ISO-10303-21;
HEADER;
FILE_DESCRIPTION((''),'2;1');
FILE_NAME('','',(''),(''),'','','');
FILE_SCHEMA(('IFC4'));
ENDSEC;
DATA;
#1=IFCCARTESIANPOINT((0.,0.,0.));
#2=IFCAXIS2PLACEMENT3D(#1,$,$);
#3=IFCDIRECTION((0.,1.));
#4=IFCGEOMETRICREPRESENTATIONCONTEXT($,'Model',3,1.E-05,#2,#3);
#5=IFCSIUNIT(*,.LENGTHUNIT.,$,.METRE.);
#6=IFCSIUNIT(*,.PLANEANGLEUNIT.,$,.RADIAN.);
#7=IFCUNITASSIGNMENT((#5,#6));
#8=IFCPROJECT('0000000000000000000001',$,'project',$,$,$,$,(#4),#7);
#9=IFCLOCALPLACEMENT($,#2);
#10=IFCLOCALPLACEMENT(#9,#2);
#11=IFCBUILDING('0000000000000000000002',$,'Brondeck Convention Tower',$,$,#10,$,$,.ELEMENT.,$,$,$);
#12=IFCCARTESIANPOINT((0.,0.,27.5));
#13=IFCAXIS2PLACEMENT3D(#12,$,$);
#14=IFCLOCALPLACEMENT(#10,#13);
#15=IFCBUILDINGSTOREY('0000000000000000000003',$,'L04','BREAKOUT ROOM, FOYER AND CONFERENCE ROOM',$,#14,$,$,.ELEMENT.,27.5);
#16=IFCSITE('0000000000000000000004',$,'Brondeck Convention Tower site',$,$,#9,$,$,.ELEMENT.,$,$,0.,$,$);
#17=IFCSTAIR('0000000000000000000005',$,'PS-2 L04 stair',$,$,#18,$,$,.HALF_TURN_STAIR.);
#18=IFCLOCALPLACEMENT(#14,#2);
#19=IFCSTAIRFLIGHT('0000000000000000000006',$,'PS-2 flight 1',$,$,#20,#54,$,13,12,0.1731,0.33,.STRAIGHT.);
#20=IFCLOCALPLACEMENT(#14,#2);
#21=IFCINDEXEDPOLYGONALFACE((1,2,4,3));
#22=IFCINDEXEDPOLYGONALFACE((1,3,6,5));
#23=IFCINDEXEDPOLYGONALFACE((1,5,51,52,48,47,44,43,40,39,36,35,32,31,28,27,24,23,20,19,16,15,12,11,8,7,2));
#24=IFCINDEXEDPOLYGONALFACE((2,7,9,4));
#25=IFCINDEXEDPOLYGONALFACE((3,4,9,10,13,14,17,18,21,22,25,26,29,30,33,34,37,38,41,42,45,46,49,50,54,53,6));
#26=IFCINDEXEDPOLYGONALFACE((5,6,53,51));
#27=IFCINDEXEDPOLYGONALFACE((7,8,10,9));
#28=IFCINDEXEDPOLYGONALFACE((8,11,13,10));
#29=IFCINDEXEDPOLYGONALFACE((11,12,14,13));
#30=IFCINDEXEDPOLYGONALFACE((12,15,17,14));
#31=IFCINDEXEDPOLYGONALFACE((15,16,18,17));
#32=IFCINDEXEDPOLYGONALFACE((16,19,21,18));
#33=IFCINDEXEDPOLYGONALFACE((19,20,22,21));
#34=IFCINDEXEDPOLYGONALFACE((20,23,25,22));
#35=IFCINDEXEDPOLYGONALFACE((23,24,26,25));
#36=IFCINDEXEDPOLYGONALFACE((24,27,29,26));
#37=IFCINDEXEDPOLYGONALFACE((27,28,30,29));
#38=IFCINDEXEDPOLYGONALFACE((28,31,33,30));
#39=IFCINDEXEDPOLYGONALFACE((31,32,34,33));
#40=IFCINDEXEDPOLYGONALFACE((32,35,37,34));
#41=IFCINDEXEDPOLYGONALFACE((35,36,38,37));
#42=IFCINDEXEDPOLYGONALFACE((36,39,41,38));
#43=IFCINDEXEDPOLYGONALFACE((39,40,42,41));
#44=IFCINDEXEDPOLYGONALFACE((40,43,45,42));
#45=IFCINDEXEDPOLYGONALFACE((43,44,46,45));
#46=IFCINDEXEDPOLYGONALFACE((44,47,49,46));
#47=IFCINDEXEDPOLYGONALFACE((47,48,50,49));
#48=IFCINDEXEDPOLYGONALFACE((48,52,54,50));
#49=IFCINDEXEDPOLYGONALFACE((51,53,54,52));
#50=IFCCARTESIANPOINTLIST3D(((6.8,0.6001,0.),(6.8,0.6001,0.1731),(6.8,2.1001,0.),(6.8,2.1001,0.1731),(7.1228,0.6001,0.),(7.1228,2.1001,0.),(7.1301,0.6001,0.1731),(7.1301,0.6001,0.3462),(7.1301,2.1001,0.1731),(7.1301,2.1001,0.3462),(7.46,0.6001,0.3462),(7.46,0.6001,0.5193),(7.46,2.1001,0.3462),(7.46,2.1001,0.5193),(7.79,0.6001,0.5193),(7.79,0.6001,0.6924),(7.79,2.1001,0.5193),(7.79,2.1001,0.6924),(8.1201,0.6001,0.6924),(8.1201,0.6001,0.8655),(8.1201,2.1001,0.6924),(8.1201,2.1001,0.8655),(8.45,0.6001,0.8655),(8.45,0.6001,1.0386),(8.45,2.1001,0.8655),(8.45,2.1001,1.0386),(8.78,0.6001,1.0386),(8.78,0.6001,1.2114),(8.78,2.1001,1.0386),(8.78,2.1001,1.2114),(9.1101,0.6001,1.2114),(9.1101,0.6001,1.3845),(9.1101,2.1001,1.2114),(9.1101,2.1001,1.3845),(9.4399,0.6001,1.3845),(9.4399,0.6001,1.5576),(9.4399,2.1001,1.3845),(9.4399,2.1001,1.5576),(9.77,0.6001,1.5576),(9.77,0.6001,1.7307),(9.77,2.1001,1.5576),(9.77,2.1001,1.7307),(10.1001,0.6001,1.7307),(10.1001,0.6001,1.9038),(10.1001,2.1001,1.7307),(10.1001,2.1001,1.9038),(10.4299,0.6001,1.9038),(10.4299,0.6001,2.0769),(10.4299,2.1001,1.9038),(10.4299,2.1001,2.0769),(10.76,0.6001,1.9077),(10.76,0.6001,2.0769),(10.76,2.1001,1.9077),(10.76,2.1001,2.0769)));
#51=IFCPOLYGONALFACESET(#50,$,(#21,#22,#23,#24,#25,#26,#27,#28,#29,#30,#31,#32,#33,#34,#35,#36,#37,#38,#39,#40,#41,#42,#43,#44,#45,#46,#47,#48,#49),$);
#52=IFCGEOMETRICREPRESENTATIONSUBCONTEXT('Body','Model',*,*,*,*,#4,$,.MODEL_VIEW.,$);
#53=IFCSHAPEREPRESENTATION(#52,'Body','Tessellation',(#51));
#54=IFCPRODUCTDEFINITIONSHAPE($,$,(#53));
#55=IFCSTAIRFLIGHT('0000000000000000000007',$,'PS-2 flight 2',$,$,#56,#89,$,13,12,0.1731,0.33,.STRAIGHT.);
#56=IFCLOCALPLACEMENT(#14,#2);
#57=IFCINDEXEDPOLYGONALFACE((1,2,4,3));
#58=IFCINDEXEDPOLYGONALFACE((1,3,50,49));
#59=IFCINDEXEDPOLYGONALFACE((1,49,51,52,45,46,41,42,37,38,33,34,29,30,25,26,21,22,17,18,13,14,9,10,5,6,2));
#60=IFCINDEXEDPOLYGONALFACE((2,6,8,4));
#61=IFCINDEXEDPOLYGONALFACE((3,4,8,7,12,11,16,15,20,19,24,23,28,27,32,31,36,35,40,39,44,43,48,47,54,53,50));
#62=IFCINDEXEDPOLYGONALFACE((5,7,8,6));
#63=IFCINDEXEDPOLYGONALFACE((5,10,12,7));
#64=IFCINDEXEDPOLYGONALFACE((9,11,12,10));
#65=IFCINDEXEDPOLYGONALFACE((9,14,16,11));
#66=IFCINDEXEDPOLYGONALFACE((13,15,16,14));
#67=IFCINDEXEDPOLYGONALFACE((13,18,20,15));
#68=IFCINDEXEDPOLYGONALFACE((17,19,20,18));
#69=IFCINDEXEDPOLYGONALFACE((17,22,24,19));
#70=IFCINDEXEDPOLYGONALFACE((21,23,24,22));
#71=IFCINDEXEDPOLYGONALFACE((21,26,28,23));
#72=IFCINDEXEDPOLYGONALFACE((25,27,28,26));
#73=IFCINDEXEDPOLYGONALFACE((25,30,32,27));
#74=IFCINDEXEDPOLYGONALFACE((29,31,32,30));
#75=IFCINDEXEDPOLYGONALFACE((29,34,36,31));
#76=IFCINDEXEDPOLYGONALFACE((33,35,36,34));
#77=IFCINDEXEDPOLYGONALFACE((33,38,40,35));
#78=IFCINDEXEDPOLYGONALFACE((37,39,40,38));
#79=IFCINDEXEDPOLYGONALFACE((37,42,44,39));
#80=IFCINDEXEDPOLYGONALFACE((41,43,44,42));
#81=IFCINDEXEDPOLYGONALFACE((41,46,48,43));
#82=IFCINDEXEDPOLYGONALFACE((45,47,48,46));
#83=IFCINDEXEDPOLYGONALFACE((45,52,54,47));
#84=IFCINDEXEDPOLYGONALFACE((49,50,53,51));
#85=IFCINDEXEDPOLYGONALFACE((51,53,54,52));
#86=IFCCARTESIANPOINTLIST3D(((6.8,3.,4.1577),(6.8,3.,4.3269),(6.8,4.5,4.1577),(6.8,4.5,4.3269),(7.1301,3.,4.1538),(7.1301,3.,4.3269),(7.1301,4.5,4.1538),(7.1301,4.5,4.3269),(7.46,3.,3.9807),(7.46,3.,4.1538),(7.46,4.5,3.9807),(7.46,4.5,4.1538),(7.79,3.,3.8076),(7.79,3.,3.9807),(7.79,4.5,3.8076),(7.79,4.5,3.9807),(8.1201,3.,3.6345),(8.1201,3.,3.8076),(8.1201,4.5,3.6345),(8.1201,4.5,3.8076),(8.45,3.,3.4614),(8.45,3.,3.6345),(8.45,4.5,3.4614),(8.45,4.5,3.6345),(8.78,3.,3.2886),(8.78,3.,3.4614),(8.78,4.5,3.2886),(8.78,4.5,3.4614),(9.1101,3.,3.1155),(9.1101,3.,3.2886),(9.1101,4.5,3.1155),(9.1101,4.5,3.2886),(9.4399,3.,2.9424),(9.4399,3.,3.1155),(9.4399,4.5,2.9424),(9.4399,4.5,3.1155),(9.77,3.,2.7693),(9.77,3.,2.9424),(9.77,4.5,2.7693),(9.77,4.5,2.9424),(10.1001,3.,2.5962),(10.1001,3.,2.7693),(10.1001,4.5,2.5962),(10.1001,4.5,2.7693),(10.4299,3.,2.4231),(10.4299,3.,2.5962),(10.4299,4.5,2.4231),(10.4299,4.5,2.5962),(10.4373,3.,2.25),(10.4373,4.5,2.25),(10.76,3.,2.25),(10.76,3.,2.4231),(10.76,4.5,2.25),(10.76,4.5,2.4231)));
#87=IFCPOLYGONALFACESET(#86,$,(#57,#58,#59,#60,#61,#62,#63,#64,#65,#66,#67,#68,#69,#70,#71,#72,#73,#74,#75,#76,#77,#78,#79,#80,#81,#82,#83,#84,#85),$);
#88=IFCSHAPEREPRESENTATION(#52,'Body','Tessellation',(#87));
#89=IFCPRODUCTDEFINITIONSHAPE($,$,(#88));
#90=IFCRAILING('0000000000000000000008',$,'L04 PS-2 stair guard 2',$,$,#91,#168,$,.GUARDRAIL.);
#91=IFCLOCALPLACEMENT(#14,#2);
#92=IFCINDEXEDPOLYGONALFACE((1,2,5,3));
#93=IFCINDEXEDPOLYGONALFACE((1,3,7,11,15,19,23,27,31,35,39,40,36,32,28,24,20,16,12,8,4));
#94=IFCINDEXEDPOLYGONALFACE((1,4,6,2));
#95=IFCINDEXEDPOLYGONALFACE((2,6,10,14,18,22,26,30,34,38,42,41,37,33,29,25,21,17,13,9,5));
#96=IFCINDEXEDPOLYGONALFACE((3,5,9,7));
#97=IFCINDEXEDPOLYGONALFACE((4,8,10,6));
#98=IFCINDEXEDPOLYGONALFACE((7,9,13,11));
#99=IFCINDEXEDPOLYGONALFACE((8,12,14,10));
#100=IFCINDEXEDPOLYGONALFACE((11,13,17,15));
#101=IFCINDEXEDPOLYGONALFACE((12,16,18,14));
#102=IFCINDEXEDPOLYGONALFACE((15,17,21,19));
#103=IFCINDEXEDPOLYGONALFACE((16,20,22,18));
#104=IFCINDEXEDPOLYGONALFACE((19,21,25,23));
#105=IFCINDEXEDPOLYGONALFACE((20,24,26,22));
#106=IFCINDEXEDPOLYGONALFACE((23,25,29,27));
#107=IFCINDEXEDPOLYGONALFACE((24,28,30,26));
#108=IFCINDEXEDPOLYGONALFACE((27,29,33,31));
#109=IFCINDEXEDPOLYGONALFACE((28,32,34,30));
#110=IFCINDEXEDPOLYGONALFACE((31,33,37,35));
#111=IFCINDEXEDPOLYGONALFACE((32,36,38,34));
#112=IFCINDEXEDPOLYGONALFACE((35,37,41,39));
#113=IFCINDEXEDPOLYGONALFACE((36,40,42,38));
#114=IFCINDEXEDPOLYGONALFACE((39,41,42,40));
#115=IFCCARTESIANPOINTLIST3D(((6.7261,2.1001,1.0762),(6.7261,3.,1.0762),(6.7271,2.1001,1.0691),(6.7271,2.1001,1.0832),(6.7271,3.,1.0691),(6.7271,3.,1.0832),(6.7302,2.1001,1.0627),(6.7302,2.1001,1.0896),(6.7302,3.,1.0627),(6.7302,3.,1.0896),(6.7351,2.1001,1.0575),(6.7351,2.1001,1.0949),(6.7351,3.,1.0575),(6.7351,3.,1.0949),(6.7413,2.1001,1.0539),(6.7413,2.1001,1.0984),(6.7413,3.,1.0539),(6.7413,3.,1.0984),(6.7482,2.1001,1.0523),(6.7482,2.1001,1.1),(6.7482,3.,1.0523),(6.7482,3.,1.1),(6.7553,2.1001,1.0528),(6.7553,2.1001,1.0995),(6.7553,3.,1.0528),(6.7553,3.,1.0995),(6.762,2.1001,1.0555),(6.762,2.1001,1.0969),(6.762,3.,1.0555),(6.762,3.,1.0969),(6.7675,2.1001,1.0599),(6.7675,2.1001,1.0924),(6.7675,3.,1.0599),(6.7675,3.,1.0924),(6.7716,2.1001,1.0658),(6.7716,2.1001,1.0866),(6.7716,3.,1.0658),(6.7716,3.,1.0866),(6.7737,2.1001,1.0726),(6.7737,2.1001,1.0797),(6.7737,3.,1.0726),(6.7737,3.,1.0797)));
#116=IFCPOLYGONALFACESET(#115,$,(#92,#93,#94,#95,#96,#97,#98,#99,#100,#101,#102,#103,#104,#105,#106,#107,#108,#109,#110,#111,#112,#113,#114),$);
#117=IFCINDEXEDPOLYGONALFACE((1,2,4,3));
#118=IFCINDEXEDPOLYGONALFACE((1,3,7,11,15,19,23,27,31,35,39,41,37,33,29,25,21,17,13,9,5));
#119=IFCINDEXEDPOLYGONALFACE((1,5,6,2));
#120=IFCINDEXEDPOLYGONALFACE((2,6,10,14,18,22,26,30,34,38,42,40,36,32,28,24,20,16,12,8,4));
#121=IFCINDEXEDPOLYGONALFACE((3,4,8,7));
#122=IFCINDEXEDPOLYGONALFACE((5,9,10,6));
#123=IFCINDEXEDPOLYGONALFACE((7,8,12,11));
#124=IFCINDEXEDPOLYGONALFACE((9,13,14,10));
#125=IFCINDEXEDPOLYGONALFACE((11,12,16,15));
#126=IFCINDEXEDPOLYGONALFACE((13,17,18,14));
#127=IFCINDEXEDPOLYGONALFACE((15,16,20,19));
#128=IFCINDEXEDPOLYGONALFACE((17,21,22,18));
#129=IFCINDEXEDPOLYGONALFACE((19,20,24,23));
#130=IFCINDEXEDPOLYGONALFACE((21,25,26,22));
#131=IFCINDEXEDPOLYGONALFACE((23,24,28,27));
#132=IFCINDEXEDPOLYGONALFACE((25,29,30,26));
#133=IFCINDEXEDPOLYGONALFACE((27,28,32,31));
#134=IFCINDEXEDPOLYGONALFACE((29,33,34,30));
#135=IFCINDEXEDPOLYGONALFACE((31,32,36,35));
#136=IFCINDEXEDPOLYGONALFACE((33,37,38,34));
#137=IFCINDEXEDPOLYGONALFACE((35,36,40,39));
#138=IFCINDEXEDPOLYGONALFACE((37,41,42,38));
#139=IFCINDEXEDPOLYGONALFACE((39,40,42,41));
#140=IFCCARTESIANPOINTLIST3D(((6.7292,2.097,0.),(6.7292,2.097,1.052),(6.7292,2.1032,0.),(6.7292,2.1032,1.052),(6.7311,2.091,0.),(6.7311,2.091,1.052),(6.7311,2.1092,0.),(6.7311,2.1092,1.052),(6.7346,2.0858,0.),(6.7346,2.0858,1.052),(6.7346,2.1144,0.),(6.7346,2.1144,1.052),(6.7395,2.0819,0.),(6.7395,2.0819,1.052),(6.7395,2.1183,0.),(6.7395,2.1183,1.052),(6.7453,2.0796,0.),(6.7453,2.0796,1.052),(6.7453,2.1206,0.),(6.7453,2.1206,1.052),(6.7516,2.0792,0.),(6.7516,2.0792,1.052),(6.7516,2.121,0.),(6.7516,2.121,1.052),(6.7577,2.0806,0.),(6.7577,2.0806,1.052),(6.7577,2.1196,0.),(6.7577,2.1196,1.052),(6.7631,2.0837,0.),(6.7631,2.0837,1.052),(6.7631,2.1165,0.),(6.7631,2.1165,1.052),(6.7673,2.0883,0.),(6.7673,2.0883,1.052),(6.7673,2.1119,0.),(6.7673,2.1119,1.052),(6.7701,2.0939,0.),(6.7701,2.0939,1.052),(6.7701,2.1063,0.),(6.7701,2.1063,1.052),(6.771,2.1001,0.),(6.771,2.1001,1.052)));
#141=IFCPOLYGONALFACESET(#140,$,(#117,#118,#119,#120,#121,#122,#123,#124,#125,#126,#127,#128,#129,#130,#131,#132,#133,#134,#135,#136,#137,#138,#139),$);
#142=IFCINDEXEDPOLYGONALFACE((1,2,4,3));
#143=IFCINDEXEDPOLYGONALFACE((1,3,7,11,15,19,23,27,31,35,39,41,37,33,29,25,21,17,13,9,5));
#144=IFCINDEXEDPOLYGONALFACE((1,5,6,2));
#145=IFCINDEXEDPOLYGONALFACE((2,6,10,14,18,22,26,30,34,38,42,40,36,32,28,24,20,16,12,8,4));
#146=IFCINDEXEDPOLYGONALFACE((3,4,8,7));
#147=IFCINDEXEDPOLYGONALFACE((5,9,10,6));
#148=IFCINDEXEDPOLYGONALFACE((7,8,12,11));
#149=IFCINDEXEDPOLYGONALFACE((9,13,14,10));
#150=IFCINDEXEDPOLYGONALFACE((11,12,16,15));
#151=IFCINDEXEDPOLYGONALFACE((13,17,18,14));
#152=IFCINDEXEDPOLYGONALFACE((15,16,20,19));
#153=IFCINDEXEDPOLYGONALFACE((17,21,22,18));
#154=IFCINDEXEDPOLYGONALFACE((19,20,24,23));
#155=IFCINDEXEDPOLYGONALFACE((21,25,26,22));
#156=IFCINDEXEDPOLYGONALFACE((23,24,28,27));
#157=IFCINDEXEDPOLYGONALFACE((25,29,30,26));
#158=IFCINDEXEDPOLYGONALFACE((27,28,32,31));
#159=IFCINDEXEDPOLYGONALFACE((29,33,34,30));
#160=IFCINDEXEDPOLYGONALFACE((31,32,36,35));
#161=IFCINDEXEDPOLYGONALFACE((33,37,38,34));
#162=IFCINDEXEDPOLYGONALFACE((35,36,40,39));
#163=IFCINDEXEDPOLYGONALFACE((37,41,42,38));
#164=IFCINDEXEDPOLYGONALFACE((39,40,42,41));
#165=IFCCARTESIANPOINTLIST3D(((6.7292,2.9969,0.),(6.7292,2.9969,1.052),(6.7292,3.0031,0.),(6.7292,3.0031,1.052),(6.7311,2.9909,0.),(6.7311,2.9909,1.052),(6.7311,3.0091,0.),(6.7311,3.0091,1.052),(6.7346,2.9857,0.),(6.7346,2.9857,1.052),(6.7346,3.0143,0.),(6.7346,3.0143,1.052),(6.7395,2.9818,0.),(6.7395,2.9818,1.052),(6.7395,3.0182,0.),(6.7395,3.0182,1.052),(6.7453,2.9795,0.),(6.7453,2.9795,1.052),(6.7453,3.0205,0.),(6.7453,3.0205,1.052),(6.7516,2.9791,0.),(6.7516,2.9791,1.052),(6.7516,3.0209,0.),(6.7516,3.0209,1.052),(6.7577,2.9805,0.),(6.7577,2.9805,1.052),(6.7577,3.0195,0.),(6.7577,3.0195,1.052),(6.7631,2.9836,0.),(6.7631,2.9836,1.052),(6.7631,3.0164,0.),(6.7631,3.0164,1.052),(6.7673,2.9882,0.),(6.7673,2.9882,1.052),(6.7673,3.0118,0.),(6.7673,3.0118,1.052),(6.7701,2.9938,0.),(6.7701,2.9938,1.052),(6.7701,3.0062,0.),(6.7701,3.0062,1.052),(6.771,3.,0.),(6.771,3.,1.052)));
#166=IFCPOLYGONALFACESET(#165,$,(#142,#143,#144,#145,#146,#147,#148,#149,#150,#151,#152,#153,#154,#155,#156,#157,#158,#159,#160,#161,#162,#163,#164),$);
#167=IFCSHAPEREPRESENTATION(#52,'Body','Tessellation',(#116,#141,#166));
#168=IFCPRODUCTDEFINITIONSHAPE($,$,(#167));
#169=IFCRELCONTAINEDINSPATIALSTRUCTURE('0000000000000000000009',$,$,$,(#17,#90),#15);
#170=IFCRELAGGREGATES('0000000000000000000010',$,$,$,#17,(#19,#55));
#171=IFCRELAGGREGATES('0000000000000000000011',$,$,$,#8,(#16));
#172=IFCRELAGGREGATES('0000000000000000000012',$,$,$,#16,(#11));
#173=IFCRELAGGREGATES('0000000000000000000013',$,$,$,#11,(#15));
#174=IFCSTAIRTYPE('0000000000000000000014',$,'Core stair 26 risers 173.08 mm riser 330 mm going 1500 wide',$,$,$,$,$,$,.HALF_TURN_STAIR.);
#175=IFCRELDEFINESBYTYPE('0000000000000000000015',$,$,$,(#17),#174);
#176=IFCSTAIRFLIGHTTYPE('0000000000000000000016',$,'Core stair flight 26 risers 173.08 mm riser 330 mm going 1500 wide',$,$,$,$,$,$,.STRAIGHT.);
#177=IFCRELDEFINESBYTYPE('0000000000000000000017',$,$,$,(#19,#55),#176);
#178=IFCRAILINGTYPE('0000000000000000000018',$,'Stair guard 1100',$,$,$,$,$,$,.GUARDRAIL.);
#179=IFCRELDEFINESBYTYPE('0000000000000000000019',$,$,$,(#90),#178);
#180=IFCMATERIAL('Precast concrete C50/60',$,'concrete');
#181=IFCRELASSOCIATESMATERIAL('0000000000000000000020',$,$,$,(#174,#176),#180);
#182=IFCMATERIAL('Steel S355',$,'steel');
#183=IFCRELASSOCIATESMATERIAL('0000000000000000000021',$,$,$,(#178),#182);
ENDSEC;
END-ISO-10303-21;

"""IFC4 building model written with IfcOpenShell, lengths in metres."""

from ifc_helpers import new_model, si_unit, direction, frame, origin, origin_2d, place, context, subcontext, project, spatial, polyline, circle, outline, extrude, material, type_object, element, aggregate, save


model = new_model("IFC4")

# Units and contexts
model_context = context("Model", 3, precision=1e-05, world=origin(), true_north=direction((0.0, 1.0)))
body_context = subcontext(model_context, "Body", "Model", "MODEL_VIEW")
ifc_project = project(units=[si_unit("LENGTHUNIT", "METRE"), si_unit("PLANEANGLEUNIT", "RADIAN")], contexts=[model_context])

# Site, building, storey
site_placement = place(None, origin())
site = spatial("IfcSite", under=ifc_project, at=site_placement, Name="Brondeck Convention Tower site", CompositionType="ELEMENT", RefElevation=0.0)
building_placement = place(site_placement, origin())
building = spatial("IfcBuilding", under=site, at=building_placement, Name="Brondeck Convention Tower", CompositionType="ELEMENT")
storey_placement = place(building_placement, frame((0.0, 0.0, 27.5)))
storey = spatial("IfcBuildingStorey", under=building, at=storey_placement, Name="L04", Description="BREAKOUT ROOM, FOYER AND CONFERENCE ROOM", CompositionType="ELEMENT", Elevation=27.5)

# Stair, stair flights
ifc_material_1 = material(Name="Precast concrete C50/60", Category="concrete")
stair_type = type_object("IfcStairType", Name="Core stair 26 risers 173.08 mm riser 330 mm going 1500 wide", PredefinedType="HALF_TURN_STAIR", material=ifc_material_1)
stair_placement = place(storey_placement, origin())
stair = element("IfcStair", 1, at=stair_placement, inside=storey, type_object=stair_type, Name="PS-2 L04 stair", PredefinedType="HALF_TURN_STAIR")
stair_flight_type = type_object("IfcStairFlightType", Name="Core stair flight 26 risers 173.08 mm riser 330 mm going 1500 wide", PredefinedType="STRAIGHT", material=ifc_material_1)
stair_flight_1_placement = place(storey_placement, frame((6.8, 1.3501, 0.0), z_axis=(0.0, 0.0, 1.0), x_axis=(1.0, 0.0, 0.0)))
stair_flight_1 = element("IfcStairFlight", 2, at=stair_flight_1_placement, type_object=stair_flight_type, Name="PS-2 flight 1", NumberOfRisers=13, NumberOfTreads=12, PredefinedType="STRAIGHT", RiserHeight=0.1731, TreadLength=0.33, context=body_context, shape_type="SweptSolid", body=[
    extrude(outline(polyline([(0.0, 0.0), (0.0, 0.1731), (0.3301, 0.1731), (0.3301, 0.3462), (0.6599, 0.3462), (0.6599, 0.5193), (0.99, 0.5193), (0.99, 0.6924), (1.3201, 0.6924), (1.3201, 0.8655), (1.6499, 0.8655), (1.6499, 1.0386), (1.98, 1.0386), (1.98, 1.2114), (2.3101, 1.2114), (2.3101, 1.3845), (2.6399, 1.3845), (2.6399, 1.5576), (2.97, 1.5576), (2.97, 1.7307), (3.3, 1.7307), (3.3, 1.9038), (3.6299, 1.9038), (3.6299, 2.0769), (3.96, 2.0769), (3.96, 2.25), (3.96, 1.9077), (0.3228, 0.0), (0.0, 0.0)])), frame((0.0, 0.75, 0.0), z_axis=(0.0, -1.0, 0.0), x_axis=(1.0, 0.0, 0.0)), (0.0, 0.0, 1.0), 1.5),
])
stair_flight_2_placement = place(storey_placement, frame((10.76, 3.75, 2.25), z_axis=(0.0, 0.0, 1.0), x_axis=(-1.0, 0.0, 0.0)))
stair_flight_2 = element("IfcStairFlight", 3, at=stair_flight_2_placement, type_object=stair_flight_type, Name="PS-2 flight 2", NumberOfRisers=13, NumberOfTreads=12, PredefinedType="STRAIGHT", RiserHeight=0.1731, TreadLength=0.33, context=body_context, shape_type="SweptSolid", body=[
    extrude(outline(polyline([(0.0, 0.0), (0.0, 0.1731), (0.3301, 0.1731), (0.3301, 0.3462), (0.6599, 0.3462), (0.6599, 0.5193), (0.99, 0.5193), (0.99, 0.6924), (1.3201, 0.6924), (1.3201, 0.8655), (1.6499, 0.8655), (1.6499, 1.0386), (1.98, 1.0386), (1.98, 1.2114), (2.3101, 1.2114), (2.3101, 1.3845), (2.6399, 1.3845), (2.6399, 1.5576), (2.97, 1.5576), (2.97, 1.7307), (3.3, 1.7307), (3.3, 1.9038), (3.6299, 1.9038), (3.6299, 2.0769), (3.96, 2.0769), (3.96, 2.25), (3.96, 1.9077), (0.3228, 0.0), (0.0, 0.0)])), frame((0.0, 0.75, 0.0), z_axis=(0.0, -1.0, 0.0), x_axis=(1.0, 0.0, 0.0)), (0.0, 0.0, 1.0), 1.5),
])
aggregate(stair, [stair_flight_1, stair_flight_2])

# Railing
ifc_material_2 = material(Name="Steel S355", Category="steel")
railing_type_1 = type_object("IfcRailingType", Name="Stair guard 1100", PredefinedType="GUARDRAIL", material=ifc_material_2)
railing_1_placement = place(storey_placement, frame((6.75, 2.1001, 0.0)))
element("IfcRailing", 4, at=railing_1_placement, inside=storey, type_object=railing_type_1, Name="L04 PS-2 stair guard 2", PredefinedType="GUARDRAIL", context=body_context, shape_type="SweptSolid", body=[
    extrude(circle(Radius=0.0239, at=origin_2d()), frame((0.0, 0.0, 1.0762), z_axis=(0.0, 1.0, 0.0), x_axis=(-1.0, 0.0, 0.0)), (0.0, 0.0, 1.0), 0.8999),
    extrude(circle(Radius=0.021, at=origin_2d()), origin(), (0.0, 0.0, 1.0), 1.052),
    extrude(circle(Radius=0.021, at=origin_2d()), frame((0.0, 0.8999, 0.0)), (0.0, 0.0, 1.0), 1.052),
])

save(model, "model.ifc")
